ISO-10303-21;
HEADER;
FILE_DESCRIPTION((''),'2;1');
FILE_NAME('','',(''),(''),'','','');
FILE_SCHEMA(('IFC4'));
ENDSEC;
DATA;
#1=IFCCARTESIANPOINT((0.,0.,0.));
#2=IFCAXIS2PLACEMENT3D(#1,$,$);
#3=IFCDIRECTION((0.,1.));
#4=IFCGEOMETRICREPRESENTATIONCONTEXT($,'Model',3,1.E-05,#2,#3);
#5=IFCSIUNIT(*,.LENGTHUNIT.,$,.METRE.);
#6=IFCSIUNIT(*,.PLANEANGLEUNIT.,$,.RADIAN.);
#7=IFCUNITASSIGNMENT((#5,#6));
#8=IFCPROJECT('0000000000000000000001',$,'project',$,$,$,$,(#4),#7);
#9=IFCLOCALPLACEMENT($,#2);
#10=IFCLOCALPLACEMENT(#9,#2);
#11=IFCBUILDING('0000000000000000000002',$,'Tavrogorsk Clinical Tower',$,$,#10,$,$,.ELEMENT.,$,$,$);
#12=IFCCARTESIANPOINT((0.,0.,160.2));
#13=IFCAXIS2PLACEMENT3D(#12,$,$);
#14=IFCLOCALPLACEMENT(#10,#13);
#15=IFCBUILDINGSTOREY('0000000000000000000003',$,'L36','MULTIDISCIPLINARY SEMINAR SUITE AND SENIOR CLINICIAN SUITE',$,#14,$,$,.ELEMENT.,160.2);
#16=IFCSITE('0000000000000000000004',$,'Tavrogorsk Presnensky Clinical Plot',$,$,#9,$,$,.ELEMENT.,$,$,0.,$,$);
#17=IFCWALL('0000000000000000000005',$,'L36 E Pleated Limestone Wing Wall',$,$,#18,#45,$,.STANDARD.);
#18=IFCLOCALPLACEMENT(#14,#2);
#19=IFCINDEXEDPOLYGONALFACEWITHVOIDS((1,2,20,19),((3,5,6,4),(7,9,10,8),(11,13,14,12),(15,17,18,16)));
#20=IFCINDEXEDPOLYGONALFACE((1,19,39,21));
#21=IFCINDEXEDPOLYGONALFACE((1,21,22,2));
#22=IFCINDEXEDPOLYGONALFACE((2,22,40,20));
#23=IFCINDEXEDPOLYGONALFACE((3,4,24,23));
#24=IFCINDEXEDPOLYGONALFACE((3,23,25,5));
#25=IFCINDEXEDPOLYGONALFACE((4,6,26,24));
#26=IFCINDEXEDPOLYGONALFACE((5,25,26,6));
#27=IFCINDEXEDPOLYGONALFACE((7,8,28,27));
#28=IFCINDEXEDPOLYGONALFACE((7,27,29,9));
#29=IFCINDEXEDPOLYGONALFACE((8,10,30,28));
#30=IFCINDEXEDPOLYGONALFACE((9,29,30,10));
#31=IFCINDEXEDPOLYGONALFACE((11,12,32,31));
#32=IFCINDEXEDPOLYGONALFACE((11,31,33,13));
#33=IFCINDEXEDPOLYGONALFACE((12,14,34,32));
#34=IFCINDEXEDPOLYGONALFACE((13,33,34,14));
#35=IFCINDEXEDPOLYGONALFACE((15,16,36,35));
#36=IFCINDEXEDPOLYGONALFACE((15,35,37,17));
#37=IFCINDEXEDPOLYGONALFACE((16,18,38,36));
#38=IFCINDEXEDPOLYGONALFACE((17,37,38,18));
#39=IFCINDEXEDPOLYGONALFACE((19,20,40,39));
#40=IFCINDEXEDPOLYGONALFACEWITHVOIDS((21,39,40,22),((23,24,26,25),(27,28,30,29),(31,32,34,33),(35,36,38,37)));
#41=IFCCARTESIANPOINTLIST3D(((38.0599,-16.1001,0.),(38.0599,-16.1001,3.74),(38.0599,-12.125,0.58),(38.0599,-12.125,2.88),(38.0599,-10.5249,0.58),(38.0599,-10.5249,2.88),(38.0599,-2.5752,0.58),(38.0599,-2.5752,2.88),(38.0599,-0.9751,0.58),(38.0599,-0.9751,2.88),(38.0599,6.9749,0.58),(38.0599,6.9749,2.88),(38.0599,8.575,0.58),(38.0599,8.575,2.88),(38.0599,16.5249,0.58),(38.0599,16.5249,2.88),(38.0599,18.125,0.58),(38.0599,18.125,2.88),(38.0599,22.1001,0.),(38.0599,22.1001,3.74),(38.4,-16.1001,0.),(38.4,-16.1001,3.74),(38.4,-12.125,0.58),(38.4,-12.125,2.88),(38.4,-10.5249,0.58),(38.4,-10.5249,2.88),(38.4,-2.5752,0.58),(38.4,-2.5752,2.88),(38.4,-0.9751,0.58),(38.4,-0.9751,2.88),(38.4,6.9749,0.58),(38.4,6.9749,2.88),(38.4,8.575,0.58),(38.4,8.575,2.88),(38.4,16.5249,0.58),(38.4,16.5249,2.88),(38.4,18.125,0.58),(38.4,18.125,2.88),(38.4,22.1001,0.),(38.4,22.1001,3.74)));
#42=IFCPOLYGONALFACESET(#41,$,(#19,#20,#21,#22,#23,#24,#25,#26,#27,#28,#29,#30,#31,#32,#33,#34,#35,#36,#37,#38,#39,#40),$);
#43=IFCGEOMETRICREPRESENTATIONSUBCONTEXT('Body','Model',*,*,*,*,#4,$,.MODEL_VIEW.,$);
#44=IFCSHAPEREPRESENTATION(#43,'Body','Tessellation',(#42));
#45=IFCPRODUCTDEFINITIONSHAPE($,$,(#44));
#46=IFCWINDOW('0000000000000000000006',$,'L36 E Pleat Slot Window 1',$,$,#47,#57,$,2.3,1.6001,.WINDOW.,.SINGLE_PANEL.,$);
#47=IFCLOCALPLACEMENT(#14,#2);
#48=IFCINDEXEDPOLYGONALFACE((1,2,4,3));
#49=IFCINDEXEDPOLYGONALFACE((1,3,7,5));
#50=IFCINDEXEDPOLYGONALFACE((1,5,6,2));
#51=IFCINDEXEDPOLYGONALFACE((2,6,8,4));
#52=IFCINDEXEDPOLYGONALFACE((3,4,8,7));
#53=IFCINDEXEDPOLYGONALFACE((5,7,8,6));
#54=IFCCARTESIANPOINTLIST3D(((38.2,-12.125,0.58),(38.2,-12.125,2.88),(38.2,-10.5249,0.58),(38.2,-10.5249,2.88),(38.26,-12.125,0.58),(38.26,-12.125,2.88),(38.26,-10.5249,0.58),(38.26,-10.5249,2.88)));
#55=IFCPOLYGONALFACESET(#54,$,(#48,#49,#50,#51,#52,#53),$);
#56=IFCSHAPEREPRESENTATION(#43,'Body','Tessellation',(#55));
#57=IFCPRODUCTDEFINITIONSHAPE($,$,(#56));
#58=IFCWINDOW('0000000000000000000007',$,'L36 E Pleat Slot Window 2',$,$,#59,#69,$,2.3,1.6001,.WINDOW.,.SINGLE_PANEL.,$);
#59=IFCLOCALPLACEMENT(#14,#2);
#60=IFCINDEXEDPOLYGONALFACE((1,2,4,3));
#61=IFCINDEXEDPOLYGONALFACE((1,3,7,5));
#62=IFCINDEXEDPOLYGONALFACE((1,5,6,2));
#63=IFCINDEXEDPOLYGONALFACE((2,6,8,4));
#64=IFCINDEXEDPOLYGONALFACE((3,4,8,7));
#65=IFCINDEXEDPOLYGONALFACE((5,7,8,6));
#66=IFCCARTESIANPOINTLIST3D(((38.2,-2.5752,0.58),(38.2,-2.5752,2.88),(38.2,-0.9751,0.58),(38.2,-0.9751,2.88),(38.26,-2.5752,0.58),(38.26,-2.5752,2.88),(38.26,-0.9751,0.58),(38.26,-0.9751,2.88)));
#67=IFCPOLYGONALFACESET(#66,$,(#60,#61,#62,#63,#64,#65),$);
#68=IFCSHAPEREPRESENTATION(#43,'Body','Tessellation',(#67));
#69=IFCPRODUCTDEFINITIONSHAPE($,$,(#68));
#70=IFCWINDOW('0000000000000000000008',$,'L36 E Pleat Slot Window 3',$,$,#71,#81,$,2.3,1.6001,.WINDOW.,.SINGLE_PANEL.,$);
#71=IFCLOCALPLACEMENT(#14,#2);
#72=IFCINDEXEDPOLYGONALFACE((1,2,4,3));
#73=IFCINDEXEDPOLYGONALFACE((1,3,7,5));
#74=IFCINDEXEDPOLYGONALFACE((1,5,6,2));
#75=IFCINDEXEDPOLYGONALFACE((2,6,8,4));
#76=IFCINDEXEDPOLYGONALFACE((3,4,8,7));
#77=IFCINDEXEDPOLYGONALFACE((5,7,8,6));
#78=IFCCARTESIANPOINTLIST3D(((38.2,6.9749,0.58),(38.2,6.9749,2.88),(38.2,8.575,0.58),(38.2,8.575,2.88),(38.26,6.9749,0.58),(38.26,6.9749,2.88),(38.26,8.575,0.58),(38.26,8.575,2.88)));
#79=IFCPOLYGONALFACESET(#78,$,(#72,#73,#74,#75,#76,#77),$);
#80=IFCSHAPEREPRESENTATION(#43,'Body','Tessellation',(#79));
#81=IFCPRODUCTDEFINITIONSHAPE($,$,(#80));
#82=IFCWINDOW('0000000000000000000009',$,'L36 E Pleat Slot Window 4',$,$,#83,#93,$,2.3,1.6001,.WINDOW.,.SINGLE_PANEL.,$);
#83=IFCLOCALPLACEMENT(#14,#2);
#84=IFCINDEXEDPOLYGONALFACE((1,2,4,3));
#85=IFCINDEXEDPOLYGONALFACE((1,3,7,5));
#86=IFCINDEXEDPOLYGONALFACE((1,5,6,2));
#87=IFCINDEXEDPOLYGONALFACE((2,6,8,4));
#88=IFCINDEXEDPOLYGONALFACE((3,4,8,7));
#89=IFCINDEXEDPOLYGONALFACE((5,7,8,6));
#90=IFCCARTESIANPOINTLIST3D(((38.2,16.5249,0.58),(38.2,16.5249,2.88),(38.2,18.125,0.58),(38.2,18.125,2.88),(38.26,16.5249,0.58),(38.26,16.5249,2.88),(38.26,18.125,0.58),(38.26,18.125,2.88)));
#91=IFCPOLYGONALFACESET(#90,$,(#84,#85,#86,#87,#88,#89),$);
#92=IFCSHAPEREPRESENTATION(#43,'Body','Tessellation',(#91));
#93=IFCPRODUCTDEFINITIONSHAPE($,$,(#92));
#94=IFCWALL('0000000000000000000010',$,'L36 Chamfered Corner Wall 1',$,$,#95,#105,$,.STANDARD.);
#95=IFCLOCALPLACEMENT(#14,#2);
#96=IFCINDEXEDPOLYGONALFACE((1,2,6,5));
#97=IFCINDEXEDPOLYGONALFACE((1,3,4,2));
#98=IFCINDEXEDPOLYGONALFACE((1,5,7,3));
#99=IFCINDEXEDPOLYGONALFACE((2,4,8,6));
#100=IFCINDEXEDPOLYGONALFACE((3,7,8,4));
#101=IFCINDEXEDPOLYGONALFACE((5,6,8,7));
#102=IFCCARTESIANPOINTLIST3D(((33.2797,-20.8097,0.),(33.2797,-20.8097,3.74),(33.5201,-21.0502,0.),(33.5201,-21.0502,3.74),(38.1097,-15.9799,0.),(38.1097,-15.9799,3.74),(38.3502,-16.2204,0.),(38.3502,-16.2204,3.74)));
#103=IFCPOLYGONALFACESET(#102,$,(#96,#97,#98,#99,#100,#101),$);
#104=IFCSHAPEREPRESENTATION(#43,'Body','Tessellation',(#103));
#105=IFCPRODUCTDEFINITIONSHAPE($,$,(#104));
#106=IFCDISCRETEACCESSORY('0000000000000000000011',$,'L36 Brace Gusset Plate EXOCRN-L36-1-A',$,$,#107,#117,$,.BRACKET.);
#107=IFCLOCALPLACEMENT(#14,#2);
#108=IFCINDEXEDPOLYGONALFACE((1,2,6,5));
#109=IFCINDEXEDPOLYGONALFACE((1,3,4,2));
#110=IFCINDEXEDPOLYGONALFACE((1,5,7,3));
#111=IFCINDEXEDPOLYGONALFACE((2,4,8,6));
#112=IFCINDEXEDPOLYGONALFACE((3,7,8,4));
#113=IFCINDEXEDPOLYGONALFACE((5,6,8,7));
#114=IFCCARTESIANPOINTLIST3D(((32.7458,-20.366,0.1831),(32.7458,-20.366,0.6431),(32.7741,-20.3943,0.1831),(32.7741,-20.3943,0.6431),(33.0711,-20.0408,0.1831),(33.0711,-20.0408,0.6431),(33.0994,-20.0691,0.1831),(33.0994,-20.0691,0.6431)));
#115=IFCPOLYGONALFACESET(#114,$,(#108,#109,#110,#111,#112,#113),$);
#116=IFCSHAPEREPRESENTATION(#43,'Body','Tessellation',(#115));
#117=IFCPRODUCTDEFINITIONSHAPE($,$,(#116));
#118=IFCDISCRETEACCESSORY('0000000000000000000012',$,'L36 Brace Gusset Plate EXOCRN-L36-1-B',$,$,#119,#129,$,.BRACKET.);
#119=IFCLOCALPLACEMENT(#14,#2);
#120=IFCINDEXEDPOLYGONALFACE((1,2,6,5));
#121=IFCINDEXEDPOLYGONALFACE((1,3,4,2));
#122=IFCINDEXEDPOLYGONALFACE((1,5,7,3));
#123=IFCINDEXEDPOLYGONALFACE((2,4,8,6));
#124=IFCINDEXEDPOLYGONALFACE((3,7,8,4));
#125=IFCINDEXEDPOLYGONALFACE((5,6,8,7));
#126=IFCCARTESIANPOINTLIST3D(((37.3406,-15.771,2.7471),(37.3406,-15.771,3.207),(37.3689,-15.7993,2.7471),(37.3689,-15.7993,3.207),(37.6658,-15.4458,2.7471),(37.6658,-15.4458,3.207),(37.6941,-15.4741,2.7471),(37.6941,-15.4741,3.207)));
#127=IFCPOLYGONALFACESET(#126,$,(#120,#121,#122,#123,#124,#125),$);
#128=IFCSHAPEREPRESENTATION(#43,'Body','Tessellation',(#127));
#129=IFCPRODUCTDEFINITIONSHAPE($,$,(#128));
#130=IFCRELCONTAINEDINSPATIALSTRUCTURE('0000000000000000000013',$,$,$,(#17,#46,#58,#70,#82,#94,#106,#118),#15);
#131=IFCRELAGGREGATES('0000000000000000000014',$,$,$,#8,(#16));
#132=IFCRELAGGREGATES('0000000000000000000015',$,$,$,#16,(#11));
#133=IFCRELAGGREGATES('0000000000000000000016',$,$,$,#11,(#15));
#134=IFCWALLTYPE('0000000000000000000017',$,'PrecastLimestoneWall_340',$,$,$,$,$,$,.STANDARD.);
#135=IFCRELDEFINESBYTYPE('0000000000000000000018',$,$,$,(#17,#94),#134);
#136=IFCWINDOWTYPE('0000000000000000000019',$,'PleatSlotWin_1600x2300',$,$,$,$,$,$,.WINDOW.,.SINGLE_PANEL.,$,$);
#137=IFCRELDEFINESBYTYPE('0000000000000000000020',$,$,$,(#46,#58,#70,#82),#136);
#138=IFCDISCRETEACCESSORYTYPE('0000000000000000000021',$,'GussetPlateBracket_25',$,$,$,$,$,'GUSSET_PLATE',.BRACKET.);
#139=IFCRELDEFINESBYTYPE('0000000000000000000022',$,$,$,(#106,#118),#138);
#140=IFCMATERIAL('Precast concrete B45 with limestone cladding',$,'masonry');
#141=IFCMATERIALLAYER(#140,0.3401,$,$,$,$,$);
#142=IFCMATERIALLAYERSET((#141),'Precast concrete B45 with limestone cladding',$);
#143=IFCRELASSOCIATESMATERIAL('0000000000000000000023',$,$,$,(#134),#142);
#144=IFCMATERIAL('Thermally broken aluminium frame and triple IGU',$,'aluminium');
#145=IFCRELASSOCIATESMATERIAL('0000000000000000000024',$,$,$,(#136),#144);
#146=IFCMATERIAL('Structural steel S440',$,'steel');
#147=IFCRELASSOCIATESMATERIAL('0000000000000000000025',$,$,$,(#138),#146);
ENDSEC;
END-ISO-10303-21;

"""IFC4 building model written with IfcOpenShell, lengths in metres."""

from ifc_helpers import new_model, si_unit, direction, frame, frame_2d, origin, origin_2d, place, context, subcontext, project, spatial, rectangle, extrude, material, layer, layer_set, type_object, element, fill, save


model = new_model("IFC4")

# Units and contexts
model_context = context("Model", 3, precision=1e-05, world=origin(), true_north=direction((0.0, 1.0)))
body_context = subcontext(model_context, "Body", "Model", "MODEL_VIEW")
ifc_project = project(units=[si_unit("LENGTHUNIT", "METRE"), si_unit("PLANEANGLEUNIT", "RADIAN")], contexts=[model_context])

# Site, building, storey
site_placement = place(None, origin())
site = spatial("IfcSite", under=ifc_project, at=site_placement, Name="Tavrogorsk Presnensky Clinical Plot", CompositionType="ELEMENT", RefElevation=0.0)
building_placement = place(site_placement, origin())
building = spatial("IfcBuilding", under=site, at=building_placement, Name="Tavrogorsk Clinical Tower", CompositionType="ELEMENT")
storey_placement = place(building_placement, frame((0.0, 0.0, 160.2)))
storey = spatial("IfcBuildingStorey", under=building, at=storey_placement, Name="L36", Description="MULTIDISCIPLINARY SEMINAR SUITE AND SENIOR CLINICIAN SUITE", CompositionType="ELEMENT", Elevation=160.2)

# Wall, openings, windows
ifc_material_1 = material(Name="Precast concrete B45 with limestone cladding", Category="masonry")
ifc_layer_1 = layer(ifc_material_1, 0.3401)
ifc_layer_set_1 = layer_set([ifc_layer_1], Name="Precast concrete B45 with limestone cladding")
wall_type_1 = type_object("IfcWallType", Name="PrecastLimestoneWall_340", PredefinedType="STANDARD", material=ifc_layer_set_1)
wall_1_placement = place(storey_placement, frame((38.23, -16.1001, 0.0), z_axis=(0.0, 0.0, 1.0), x_axis=(0.0, 1.0, 0.0)))
wall_1 = element("IfcWall", 1, at=wall_1_placement, inside=storey, type_object=wall_type_1, Name="L36 E Pleated Limestone Wing Wall", PredefinedType="STANDARD", context=body_context, shape_type="SweptSolid", body=[
    extrude(rectangle(XDim=38.2002, YDim=0.3401, at=frame_2d((19.1001, 0.0))), origin(), (0.0, 0.0, 1.0), 3.74),
])
opening_1_placement = place(wall_1_placement, frame((3.9751, 0.0, 0.5801)))
opening_1 = element("IfcOpeningElement", 2, at=opening_1_placement, cuts=wall_1, PredefinedType="OPENING", context=body_context, shape_type="SweptSolid", body=[
    extrude(rectangle(XDim=1.6001, YDim=2.3, at=frame_2d((0.8, 1.1499))), frame((0.0, 0.1799, 0.0), z_axis=(0.0, -1.0, 0.0), x_axis=(1.0, 0.0, 0.0)), (0.0, 0.0, 1.0), 0.3601),
])
opening_2_placement = place(wall_1_placement, frame((13.5249, 0.0, 0.5801)))
opening_2 = element("IfcOpeningElement", 3, at=opening_2_placement, cuts=wall_1, PredefinedType="OPENING", context=body_context, shape_type="SweptSolid", body=[
    extrude(rectangle(XDim=1.6001, YDim=2.3, at=frame_2d((0.8, 1.1499))), frame((0.0, 0.1799, 0.0), z_axis=(0.0, -1.0, 0.0), x_axis=(1.0, 0.0, 0.0)), (0.0, 0.0, 1.0), 0.3601),
])
opening_3_placement = place(wall_1_placement, frame((23.075, 0.0, 0.5801)))
opening_3 = element("IfcOpeningElement", 4, at=opening_3_placement, cuts=wall_1, PredefinedType="OPENING", context=body_context, shape_type="SweptSolid", body=[
    extrude(rectangle(XDim=1.6001, YDim=2.3, at=frame_2d((0.8, 1.1499))), frame((0.0, 0.1799, 0.0), z_axis=(0.0, -1.0, 0.0), x_axis=(1.0, 0.0, 0.0)), (0.0, 0.0, 1.0), 0.3601),
])
opening_4_placement = place(wall_1_placement, frame((32.625, 0.0, 0.5801)))
opening_4 = element("IfcOpeningElement", 5, at=opening_4_placement, cuts=wall_1, PredefinedType="OPENING", context=body_context, shape_type="SweptSolid", body=[
    extrude(rectangle(XDim=1.6001, YDim=2.3, at=frame_2d((0.8, 1.1499))), frame((0.0, 0.1799, 0.0), z_axis=(0.0, -1.0, 0.0), x_axis=(1.0, 0.0, 0.0)), (0.0, 0.0, 1.0), 0.3601),
])
ifc_material_2 = material(Name="Thermally broken aluminium frame and triple IGU", Category="aluminium")
window_type = type_object("IfcWindowType", Name="PleatSlotWin_1600x2300", PartitioningType="SINGLE_PANEL", PredefinedType="WINDOW", material=ifc_material_2)
window_1_placement = place(opening_1_placement, origin())
window_1 = element("IfcWindow", 6, at=window_1_placement, inside=storey, type_object=window_type, Name="L36 E Pleat Slot Window 1", OverallHeight=2.3, OverallWidth=1.6001, PartitioningType="SINGLE_PANEL", PredefinedType="WINDOW", context=body_context, shape_type="SweptSolid", body=[
    extrude(rectangle(XDim=1.6001, YDim=2.3, at=frame_2d((0.8, 1.1499))), frame((0.0, 0.03, 0.0), z_axis=(0.0, -1.0, 0.0), x_axis=(1.0, 0.0, 0.0)), (0.0, 0.0, 1.0), 0.0601),
])
fill(opening_1, window_1)
window_2_placement = place(opening_2_placement, origin())
window_2 = element("IfcWindow", 7, at=window_2_placement, inside=storey, type_object=window_type, Name="L36 E Pleat Slot Window 2", OverallHeight=2.3, OverallWidth=1.6001, PartitioningType="SINGLE_PANEL", PredefinedType="WINDOW", context=body_context, shape_type="SweptSolid", body=[
    extrude(rectangle(XDim=1.6001, YDim=2.3, at=frame_2d((0.8, 1.1499))), frame((0.0, 0.03, 0.0), z_axis=(0.0, -1.0, 0.0), x_axis=(1.0, 0.0, 0.0)), (0.0, 0.0, 1.0), 0.0601),
])
fill(opening_2, window_2)
window_3_placement = place(opening_3_placement, origin())
window_3 = element("IfcWindow", 8, at=window_3_placement, inside=storey, type_object=window_type, Name="L36 E Pleat Slot Window 3", OverallHeight=2.3, OverallWidth=1.6001, PartitioningType="SINGLE_PANEL", PredefinedType="WINDOW", context=body_context, shape_type="SweptSolid", body=[
    extrude(rectangle(XDim=1.6001, YDim=2.3, at=frame_2d((0.8, 1.1499))), frame((0.0, 0.03, 0.0), z_axis=(0.0, -1.0, 0.0), x_axis=(1.0, 0.0, 0.0)), (0.0, 0.0, 1.0), 0.0601),
])
fill(opening_3, window_3)
window_4_placement = place(opening_4_placement, origin())
window_4 = element("IfcWindow", 9, at=window_4_placement, inside=storey, type_object=window_type, Name="L36 E Pleat Slot Window 4", OverallHeight=2.3, OverallWidth=1.6001, PartitioningType="SINGLE_PANEL", PredefinedType="WINDOW", context=body_context, shape_type="SweptSolid", body=[
    extrude(rectangle(XDim=1.6001, YDim=2.3, at=frame_2d((0.8, 1.1499))), frame((0.0, 0.03, 0.0), z_axis=(0.0, -1.0, 0.0), x_axis=(1.0, 0.0, 0.0)), (0.0, 0.0, 1.0), 0.0601),
])
fill(opening_4, window_4)

# Wall
wall_2_placement = place(storey_placement, frame((33.3999, -20.9299, 0.0), z_axis=(0.0, 0.0, 1.0), x_axis=(0.707125, 0.707089, 0.0)))
element("IfcWall", 10, at=wall_2_placement, inside=storey, type_object=wall_type_1, Name="L36 Chamfered Corner Wall 1", PredefinedType="STANDARD", context=body_context, shape_type="SweptSolid", body=[
    extrude(rectangle(XDim=6.8306, YDim=0.3401, at=frame_2d((3.4153, 0.0))), origin(), (0.0, 0.0, 1.0), 3.74),
])

# Discrete accessories
ifc_material_3 = material(Name="Structural steel S440", Category="steel")
discrete_accessory_type = type_object("IfcDiscreteAccessoryType", Name="GussetPlateBracket_25", ElementType="GUSSET_PLATE", PredefinedType="BRACKET", material=ifc_material_3)
for number, where, z_axis, x_axis, name in (
    (11, (32.9226, -20.2175, 0.1831), (0.0, 0.0, 1.0), (0.707107, 0.707107, 0.0), "L36 Brace Gusset Plate EXOCRN-L36-1-A"),
    (12, (37.5173, -15.6226, 2.7471), (0.0, 0.0, 1.0), (0.707107, 0.707107, 0.0), "L36 Brace Gusset Plate EXOCRN-L36-1-B"),
):
    element("IfcDiscreteAccessory", number, at=place(storey_placement, frame(where, z_axis=z_axis, x_axis=x_axis)), inside=storey, type_object=discrete_accessory_type, Name=name, PredefinedType="BRACKET", context=body_context, shape_type="SweptSolid", body=[
        extrude(rectangle(XDim=0.46, YDim=0.04, at=origin_2d()), origin(), (0.0, 0.0, 1.0), 0.46),
    ])

save(model, "model.ifc")
